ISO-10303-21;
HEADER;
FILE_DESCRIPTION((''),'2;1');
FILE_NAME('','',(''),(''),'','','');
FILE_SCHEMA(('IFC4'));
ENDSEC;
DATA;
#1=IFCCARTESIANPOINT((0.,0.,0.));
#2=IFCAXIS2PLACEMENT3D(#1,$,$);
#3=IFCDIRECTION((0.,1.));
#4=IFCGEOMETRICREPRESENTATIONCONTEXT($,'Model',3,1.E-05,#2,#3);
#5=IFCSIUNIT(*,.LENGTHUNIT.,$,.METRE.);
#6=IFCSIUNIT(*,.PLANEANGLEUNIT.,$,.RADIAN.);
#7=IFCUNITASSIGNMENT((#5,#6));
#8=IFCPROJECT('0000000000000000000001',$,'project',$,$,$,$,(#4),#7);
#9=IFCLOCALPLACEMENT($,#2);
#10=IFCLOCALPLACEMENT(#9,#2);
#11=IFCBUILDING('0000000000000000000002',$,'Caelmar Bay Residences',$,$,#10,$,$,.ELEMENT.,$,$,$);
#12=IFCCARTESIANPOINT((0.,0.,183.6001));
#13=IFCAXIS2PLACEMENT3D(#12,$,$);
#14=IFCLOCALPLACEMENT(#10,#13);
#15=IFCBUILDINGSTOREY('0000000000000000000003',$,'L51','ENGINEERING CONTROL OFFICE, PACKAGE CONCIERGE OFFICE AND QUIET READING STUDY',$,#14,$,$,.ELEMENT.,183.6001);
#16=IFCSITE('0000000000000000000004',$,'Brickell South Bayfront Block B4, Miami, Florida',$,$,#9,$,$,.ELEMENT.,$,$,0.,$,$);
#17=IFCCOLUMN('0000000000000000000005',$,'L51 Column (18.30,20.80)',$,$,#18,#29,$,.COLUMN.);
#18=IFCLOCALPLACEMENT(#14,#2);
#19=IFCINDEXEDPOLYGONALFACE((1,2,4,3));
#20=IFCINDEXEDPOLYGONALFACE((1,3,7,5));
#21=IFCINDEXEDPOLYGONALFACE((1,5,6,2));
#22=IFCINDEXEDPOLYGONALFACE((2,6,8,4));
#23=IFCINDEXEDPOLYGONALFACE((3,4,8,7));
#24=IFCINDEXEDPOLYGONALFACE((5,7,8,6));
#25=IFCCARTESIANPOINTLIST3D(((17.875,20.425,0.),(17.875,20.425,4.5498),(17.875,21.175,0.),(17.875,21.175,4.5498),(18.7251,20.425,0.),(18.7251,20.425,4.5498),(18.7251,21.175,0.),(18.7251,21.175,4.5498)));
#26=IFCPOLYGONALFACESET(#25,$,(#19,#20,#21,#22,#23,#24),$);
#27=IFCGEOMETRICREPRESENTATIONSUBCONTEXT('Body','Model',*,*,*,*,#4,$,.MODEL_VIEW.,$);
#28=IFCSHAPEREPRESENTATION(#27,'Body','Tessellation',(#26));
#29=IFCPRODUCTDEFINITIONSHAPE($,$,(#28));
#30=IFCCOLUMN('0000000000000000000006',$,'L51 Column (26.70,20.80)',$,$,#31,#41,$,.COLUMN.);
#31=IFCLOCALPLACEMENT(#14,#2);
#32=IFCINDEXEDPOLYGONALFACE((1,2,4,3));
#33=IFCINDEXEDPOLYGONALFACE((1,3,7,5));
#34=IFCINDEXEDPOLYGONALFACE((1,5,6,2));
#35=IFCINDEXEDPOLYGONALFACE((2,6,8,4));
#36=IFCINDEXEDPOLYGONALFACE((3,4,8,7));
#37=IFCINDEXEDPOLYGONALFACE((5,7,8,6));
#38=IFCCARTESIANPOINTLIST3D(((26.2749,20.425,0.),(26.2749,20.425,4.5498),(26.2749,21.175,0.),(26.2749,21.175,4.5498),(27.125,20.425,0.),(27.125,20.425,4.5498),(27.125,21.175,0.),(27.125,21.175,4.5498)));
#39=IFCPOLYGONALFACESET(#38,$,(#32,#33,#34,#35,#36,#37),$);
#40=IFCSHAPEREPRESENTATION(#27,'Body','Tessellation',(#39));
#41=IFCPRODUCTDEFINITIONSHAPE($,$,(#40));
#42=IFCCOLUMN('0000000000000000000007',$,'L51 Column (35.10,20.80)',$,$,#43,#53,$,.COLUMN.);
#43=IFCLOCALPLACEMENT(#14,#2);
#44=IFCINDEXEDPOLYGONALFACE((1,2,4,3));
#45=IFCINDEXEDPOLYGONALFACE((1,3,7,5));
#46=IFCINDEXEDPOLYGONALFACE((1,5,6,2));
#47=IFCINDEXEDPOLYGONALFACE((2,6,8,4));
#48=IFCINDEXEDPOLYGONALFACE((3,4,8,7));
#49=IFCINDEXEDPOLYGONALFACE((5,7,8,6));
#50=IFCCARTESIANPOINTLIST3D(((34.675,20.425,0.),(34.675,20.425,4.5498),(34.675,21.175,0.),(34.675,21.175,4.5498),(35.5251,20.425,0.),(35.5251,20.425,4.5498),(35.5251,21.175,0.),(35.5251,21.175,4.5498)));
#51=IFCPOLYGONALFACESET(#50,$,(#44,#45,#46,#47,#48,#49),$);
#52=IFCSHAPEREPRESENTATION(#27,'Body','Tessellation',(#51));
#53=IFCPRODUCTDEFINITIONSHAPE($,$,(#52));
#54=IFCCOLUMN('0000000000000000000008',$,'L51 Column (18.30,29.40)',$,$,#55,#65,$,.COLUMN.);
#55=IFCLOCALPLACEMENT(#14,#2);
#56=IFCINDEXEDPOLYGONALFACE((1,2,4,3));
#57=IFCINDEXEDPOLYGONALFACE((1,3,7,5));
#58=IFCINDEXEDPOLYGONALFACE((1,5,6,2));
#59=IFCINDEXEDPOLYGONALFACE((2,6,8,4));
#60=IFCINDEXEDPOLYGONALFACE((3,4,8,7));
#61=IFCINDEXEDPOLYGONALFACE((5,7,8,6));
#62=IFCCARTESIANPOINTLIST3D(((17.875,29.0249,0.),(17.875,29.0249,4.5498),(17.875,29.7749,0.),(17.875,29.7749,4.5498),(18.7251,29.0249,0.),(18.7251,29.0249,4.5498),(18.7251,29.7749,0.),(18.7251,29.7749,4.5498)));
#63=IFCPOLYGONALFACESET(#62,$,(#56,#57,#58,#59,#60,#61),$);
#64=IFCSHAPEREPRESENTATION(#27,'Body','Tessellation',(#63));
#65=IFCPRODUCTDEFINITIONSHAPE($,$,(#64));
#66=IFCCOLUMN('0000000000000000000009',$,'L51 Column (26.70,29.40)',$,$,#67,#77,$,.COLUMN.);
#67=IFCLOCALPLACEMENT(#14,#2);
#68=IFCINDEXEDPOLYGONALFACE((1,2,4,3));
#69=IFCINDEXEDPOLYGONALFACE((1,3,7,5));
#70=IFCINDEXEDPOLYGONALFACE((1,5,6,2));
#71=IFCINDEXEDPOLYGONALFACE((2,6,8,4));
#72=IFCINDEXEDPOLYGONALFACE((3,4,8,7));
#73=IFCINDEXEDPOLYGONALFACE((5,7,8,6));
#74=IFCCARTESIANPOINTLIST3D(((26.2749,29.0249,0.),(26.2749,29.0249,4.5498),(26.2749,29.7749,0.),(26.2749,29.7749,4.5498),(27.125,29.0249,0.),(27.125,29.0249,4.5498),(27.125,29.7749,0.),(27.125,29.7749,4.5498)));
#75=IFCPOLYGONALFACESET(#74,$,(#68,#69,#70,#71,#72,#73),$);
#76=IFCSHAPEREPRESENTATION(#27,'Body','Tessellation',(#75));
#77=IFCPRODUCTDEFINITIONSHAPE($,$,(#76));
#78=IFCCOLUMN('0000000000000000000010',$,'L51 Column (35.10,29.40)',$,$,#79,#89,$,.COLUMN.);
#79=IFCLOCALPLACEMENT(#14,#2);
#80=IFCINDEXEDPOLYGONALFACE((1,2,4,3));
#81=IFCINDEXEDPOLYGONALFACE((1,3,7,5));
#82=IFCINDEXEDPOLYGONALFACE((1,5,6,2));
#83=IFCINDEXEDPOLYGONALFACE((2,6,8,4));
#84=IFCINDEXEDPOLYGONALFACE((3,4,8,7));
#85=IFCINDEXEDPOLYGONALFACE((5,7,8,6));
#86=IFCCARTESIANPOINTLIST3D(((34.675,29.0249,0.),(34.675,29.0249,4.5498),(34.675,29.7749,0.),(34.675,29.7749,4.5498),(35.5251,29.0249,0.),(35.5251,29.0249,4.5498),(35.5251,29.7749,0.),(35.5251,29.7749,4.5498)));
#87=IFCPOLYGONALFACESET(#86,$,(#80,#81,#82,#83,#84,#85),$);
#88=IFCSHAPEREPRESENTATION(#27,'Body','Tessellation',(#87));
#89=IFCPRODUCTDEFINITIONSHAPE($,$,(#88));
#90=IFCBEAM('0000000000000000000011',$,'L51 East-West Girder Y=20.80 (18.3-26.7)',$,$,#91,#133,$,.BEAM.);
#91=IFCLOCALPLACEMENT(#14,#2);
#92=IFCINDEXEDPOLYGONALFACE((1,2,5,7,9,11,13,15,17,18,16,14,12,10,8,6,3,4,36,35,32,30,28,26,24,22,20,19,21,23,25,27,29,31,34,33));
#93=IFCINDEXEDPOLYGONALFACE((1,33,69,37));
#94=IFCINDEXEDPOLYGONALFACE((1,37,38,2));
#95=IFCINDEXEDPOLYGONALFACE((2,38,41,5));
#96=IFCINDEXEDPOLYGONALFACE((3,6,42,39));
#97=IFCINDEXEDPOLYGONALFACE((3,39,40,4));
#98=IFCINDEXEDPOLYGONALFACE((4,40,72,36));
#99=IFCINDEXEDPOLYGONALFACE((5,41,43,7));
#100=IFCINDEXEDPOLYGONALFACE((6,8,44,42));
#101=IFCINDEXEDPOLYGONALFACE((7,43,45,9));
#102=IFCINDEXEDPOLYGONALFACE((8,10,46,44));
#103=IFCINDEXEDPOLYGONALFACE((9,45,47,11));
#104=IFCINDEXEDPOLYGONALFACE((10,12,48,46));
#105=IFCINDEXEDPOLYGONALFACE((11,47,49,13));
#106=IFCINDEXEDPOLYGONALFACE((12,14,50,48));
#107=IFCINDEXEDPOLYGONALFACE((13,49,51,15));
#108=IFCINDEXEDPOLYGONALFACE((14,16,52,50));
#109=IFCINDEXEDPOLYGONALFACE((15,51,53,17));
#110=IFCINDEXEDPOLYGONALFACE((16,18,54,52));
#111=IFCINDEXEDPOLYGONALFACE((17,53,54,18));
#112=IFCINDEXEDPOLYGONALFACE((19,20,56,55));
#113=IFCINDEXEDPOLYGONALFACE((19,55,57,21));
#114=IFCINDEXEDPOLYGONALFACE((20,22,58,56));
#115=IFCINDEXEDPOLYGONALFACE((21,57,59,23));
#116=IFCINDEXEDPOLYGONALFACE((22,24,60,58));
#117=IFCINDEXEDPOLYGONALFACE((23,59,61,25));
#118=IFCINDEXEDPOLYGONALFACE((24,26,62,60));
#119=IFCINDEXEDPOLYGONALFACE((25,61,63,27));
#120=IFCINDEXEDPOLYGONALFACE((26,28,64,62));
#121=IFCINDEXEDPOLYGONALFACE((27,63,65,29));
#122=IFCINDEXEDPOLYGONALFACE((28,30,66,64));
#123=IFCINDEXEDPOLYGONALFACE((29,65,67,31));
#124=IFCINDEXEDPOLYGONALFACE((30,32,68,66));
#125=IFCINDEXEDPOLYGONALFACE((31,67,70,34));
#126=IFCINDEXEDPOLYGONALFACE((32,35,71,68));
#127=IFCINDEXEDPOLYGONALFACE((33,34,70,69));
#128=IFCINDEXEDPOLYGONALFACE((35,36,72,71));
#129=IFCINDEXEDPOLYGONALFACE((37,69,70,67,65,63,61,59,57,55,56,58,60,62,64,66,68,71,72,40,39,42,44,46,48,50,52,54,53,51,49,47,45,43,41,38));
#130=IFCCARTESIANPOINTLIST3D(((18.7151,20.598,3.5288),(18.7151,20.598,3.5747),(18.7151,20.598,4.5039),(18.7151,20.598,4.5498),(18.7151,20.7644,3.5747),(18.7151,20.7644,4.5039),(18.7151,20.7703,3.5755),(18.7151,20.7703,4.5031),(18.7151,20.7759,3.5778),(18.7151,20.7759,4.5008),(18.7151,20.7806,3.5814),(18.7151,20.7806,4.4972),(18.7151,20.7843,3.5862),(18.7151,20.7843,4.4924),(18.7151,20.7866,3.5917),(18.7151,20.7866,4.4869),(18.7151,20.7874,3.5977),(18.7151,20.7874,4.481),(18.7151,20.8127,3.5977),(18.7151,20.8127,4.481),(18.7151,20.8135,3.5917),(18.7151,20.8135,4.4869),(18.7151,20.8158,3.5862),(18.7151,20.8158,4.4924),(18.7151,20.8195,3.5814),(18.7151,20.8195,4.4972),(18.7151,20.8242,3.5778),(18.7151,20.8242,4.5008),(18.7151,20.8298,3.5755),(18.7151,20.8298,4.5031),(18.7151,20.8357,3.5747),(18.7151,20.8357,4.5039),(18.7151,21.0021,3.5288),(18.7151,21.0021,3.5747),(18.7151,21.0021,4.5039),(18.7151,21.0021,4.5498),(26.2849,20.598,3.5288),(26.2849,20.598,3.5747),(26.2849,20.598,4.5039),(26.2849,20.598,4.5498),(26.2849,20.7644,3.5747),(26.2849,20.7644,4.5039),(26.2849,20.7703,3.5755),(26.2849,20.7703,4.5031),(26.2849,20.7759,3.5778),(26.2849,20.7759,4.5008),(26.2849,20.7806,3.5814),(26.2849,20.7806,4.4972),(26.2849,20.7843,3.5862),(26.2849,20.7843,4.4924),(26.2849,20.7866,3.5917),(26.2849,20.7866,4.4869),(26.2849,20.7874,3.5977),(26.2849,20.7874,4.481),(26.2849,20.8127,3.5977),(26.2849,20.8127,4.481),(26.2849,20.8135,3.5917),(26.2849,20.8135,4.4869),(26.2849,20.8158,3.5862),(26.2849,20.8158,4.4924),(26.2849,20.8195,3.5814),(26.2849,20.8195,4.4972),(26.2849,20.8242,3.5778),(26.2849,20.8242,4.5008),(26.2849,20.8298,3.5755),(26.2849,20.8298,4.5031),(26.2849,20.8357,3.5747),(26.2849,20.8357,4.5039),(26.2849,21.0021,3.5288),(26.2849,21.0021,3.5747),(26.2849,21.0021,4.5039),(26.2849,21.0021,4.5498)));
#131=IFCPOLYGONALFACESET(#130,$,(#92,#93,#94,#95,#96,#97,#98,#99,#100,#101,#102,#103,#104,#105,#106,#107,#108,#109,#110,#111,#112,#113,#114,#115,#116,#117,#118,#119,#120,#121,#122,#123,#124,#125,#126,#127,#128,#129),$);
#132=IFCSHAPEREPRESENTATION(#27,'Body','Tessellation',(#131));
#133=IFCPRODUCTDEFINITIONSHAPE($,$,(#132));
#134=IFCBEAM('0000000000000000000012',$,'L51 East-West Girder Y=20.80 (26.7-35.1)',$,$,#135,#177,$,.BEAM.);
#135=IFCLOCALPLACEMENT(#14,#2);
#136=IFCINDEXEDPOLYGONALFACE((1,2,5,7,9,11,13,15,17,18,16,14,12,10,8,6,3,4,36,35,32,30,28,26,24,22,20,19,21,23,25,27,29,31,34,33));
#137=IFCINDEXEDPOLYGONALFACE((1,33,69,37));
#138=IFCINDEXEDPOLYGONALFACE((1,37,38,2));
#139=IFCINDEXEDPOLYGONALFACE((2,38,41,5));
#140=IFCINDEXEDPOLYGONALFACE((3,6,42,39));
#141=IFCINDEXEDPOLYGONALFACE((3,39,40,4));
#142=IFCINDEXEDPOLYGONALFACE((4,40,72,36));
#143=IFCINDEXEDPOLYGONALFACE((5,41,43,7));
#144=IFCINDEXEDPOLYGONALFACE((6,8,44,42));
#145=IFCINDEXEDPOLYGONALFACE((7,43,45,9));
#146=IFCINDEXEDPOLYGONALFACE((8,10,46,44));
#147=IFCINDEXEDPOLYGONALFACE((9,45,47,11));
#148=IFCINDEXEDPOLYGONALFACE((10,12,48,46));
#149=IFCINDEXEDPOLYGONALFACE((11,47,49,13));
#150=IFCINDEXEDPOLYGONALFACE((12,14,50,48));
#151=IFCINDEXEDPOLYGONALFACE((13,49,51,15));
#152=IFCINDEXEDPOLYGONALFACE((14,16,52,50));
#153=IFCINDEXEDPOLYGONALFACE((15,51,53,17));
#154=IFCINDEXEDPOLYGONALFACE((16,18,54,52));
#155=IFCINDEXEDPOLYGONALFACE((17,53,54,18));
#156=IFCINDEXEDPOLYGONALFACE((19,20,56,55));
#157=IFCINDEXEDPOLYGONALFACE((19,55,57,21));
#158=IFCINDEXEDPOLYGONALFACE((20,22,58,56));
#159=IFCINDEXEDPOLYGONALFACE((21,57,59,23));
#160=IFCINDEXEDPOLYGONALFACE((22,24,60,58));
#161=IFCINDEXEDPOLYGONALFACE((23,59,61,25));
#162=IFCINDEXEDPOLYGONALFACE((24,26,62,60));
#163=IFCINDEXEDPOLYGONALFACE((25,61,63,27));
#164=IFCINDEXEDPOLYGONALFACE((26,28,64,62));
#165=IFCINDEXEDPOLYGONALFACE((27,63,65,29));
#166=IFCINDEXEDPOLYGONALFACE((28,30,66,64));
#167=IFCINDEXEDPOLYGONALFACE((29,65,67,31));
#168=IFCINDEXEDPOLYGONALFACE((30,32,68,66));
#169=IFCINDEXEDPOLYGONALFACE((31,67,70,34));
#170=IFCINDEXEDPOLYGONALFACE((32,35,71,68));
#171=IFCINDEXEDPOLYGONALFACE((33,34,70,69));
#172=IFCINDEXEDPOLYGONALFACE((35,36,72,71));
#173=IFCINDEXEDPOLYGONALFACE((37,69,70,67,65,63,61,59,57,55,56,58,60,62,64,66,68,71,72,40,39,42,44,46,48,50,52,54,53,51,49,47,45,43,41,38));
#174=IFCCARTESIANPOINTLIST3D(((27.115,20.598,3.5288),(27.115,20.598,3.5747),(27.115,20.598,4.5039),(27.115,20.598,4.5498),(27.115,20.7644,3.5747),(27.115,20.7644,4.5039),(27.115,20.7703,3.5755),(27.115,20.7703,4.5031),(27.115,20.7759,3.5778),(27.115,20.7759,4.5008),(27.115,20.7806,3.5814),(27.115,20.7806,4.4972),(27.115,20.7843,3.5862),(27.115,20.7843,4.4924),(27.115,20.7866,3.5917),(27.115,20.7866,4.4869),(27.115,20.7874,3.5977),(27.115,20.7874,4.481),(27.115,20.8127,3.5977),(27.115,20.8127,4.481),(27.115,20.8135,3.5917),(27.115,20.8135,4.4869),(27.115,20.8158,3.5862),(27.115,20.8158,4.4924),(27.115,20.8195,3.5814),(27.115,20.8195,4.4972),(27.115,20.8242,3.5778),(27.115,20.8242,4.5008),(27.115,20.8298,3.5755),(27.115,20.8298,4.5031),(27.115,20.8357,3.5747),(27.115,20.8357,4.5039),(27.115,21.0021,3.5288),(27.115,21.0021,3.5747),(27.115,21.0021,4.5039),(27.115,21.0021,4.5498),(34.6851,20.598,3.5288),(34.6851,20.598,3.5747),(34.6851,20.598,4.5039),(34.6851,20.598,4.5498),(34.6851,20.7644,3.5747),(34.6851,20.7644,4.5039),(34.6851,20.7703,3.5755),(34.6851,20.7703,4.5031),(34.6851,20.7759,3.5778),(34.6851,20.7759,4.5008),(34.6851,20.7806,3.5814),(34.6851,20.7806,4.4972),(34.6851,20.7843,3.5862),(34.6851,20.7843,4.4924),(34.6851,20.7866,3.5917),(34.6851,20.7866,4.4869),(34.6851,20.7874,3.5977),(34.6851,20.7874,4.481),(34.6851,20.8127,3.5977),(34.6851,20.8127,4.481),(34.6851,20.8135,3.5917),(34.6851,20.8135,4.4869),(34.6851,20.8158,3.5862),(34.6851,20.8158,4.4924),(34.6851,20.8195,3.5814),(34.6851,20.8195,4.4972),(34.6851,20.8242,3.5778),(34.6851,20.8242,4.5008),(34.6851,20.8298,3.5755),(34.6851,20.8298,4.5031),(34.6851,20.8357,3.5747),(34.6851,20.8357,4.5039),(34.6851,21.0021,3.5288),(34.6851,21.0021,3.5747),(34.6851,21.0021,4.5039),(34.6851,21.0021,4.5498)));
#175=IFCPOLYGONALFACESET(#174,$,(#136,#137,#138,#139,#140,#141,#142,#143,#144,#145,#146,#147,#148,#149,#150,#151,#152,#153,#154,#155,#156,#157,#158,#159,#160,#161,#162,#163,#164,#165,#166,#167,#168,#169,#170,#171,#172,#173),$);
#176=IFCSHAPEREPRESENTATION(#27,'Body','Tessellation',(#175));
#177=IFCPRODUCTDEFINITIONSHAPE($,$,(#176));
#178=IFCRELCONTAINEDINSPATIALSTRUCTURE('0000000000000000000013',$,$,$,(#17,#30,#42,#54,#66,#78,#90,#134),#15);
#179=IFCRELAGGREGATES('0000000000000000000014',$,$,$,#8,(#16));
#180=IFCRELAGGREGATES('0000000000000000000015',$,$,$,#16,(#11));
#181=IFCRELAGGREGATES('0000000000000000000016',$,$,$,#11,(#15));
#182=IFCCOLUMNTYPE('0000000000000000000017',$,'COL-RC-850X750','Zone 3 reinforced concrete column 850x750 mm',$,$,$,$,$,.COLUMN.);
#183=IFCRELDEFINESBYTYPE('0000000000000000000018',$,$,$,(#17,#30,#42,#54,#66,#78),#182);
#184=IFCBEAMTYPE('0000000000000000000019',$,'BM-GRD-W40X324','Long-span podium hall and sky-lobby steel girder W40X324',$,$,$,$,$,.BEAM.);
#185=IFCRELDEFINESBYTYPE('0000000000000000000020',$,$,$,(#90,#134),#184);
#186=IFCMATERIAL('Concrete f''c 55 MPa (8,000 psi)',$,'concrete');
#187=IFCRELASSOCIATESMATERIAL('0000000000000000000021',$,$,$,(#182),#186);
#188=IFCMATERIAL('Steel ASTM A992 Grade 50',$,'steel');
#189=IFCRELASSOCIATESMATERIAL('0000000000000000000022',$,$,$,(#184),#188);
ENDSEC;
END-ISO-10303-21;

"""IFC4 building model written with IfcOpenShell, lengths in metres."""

from ifc_helpers import new_model, si_unit, direction, frame, origin, origin_2d, place, context, subcontext, project, spatial, rectangle, i_section, extrude, material, material_profile, profile_set, type_object, element, save


model = new_model("IFC4")

# Units and contexts
model_context = context("Model", 3, precision=1e-05, world=origin(), true_north=direction((0.0, 1.0)))
body_context = subcontext(model_context, "Body", "Model", "MODEL_VIEW")
ifc_project = project(units=[si_unit("LENGTHUNIT", "METRE"), si_unit("PLANEANGLEUNIT", "RADIAN")], contexts=[model_context])

# Site, building, storey
site_placement = place(None, origin())
site = spatial("IfcSite", under=ifc_project, at=site_placement, Name="Brickell South Bayfront Block B4, Miami, Florida", CompositionType="ELEMENT", RefElevation=0.0)
building_placement = place(site_placement, origin())
building = spatial("IfcBuilding", under=site, at=building_placement, Name="Caelmar Bay Residences", CompositionType="ELEMENT")
storey_placement = place(building_placement, frame((0.0, 0.0, 183.6001)))
storey = spatial("IfcBuildingStorey", under=building, at=storey_placement, Name="L51", Description="ENGINEERING CONTROL OFFICE, PACKAGE CONCIERGE OFFICE AND QUIET READING STUDY", CompositionType="ELEMENT", Elevation=183.6001)

# Columns
ifc_material_1 = material(Name="Concrete f'c 55 MPa (8,000 psi)", Category="concrete")
ifc_material_profile_1 = material_profile(ifc_material_1, rectangle(XDim=0.8501, YDim=0.75, at=origin_2d()), Name="RC-COL-850X750")
ifc_profile_set_1 = profile_set([ifc_material_profile_1], Name="Concrete f'c 55 MPa (8,000 psi)")
column_type = type_object("IfcColumnType", Name="COL-RC-850X750", Description="Zone 3 reinforced concrete column 850x750 mm", PredefinedType="COLUMN", material=ifc_profile_set_1)
for number, where, z_axis, x_axis, name in (
    (1, (18.3, 20.8, 0.0), (0.0, 0.0, 1.0), (1.0, 0.0, 0.0), "L51 Column (18.30,20.80)"),
    (2, (26.7, 20.8, 0.0), (0.0, 0.0, 1.0), (1.0, 0.0, 0.0), "L51 Column (26.70,20.80)"),
    (3, (35.1001, 20.8, 0.0), (0.0, 0.0, 1.0), (1.0, 0.0, 0.0), "L51 Column (35.10,20.80)"),
    (4, (18.3, 29.3999, 0.0), (0.0, 0.0, 1.0), (1.0, 0.0, 0.0), "L51 Column (18.30,29.40)"),
    (5, (26.7, 29.3999, 0.0), (0.0, 0.0, 1.0), (1.0, 0.0, 0.0), "L51 Column (26.70,29.40)"),
    (6, (35.1001, 29.3999, 0.0), (0.0, 0.0, 1.0), (1.0, 0.0, 0.0), "L51 Column (35.10,29.40)"),
):
    element("IfcColumn", number, at=place(storey_placement, frame(where, z_axis=z_axis, x_axis=x_axis)), inside=storey, type_object=column_type, Name=name, PredefinedType="COLUMN", context=body_context, shape_type="SweptSolid", body=[
        extrude(rectangle(XDim=0.8501, YDim=0.75, at=origin_2d()), origin(), (0.0, 0.0, 1.0), 4.5498),
    ])

# Beams
ifc_material_2 = material(Name="Steel ASTM A992 Grade 50", Category="steel")
ifc_material_profile_2 = material_profile(ifc_material_2, i_section(OverallWidth=0.4041, OverallDepth=1.021, WebThickness=0.0254, FlangeThickness=0.0459, FilletRadius=0.0229, at=origin_2d()), Name="W40X324")
ifc_profile_set_2 = profile_set([ifc_material_profile_2], Name="Steel ASTM A992 Grade 50")
beam_type_1 = type_object("IfcBeamType", Name="BM-GRD-W40X324", Description="Long-span podium hall and sky-lobby steel girder W40X324", PredefinedType="BEAM", material=ifc_profile_set_2)
beam_1_placement = place(storey_placement, frame((18.7151, 20.8, 4.0393), z_axis=(1.0, 0.0, 0.0), x_axis=(0.0, 1.0, 0.0)))
element("IfcBeam", 7, at=beam_1_placement, inside=storey, type_object=beam_type_1, Name="L51 East-West Girder Y=20.80 (18.3-26.7)", PredefinedType="BEAM", context=body_context, shape_type="SweptSolid", body=[
    extrude(i_section(OverallWidth=0.4041, OverallDepth=1.021, WebThickness=0.0254, FlangeThickness=0.0459, FilletRadius=0.0229, at=origin_2d()), origin(), (0.0, 0.0, 1.0), 7.5698),
])
beam_2_placement = place(storey_placement, frame((27.115, 20.8, 4.0393), z_axis=(1.0, 0.0, 0.0), x_axis=(0.0, 1.0, 0.0)))
element("IfcBeam", 8, at=beam_2_placement, inside=storey, type_object=beam_type_1, Name="L51 East-West Girder Y=20.80 (26.7-35.1)", PredefinedType="BEAM", context=body_context, shape_type="SweptSolid", body=[
    extrude(i_section(OverallWidth=0.4041, OverallDepth=1.021, WebThickness=0.0254, FlangeThickness=0.0459, FilletRadius=0.0229, at=origin_2d()), origin(), (0.0, 0.0, 1.0), 7.5701),
])

save(model, "model.ifc")
